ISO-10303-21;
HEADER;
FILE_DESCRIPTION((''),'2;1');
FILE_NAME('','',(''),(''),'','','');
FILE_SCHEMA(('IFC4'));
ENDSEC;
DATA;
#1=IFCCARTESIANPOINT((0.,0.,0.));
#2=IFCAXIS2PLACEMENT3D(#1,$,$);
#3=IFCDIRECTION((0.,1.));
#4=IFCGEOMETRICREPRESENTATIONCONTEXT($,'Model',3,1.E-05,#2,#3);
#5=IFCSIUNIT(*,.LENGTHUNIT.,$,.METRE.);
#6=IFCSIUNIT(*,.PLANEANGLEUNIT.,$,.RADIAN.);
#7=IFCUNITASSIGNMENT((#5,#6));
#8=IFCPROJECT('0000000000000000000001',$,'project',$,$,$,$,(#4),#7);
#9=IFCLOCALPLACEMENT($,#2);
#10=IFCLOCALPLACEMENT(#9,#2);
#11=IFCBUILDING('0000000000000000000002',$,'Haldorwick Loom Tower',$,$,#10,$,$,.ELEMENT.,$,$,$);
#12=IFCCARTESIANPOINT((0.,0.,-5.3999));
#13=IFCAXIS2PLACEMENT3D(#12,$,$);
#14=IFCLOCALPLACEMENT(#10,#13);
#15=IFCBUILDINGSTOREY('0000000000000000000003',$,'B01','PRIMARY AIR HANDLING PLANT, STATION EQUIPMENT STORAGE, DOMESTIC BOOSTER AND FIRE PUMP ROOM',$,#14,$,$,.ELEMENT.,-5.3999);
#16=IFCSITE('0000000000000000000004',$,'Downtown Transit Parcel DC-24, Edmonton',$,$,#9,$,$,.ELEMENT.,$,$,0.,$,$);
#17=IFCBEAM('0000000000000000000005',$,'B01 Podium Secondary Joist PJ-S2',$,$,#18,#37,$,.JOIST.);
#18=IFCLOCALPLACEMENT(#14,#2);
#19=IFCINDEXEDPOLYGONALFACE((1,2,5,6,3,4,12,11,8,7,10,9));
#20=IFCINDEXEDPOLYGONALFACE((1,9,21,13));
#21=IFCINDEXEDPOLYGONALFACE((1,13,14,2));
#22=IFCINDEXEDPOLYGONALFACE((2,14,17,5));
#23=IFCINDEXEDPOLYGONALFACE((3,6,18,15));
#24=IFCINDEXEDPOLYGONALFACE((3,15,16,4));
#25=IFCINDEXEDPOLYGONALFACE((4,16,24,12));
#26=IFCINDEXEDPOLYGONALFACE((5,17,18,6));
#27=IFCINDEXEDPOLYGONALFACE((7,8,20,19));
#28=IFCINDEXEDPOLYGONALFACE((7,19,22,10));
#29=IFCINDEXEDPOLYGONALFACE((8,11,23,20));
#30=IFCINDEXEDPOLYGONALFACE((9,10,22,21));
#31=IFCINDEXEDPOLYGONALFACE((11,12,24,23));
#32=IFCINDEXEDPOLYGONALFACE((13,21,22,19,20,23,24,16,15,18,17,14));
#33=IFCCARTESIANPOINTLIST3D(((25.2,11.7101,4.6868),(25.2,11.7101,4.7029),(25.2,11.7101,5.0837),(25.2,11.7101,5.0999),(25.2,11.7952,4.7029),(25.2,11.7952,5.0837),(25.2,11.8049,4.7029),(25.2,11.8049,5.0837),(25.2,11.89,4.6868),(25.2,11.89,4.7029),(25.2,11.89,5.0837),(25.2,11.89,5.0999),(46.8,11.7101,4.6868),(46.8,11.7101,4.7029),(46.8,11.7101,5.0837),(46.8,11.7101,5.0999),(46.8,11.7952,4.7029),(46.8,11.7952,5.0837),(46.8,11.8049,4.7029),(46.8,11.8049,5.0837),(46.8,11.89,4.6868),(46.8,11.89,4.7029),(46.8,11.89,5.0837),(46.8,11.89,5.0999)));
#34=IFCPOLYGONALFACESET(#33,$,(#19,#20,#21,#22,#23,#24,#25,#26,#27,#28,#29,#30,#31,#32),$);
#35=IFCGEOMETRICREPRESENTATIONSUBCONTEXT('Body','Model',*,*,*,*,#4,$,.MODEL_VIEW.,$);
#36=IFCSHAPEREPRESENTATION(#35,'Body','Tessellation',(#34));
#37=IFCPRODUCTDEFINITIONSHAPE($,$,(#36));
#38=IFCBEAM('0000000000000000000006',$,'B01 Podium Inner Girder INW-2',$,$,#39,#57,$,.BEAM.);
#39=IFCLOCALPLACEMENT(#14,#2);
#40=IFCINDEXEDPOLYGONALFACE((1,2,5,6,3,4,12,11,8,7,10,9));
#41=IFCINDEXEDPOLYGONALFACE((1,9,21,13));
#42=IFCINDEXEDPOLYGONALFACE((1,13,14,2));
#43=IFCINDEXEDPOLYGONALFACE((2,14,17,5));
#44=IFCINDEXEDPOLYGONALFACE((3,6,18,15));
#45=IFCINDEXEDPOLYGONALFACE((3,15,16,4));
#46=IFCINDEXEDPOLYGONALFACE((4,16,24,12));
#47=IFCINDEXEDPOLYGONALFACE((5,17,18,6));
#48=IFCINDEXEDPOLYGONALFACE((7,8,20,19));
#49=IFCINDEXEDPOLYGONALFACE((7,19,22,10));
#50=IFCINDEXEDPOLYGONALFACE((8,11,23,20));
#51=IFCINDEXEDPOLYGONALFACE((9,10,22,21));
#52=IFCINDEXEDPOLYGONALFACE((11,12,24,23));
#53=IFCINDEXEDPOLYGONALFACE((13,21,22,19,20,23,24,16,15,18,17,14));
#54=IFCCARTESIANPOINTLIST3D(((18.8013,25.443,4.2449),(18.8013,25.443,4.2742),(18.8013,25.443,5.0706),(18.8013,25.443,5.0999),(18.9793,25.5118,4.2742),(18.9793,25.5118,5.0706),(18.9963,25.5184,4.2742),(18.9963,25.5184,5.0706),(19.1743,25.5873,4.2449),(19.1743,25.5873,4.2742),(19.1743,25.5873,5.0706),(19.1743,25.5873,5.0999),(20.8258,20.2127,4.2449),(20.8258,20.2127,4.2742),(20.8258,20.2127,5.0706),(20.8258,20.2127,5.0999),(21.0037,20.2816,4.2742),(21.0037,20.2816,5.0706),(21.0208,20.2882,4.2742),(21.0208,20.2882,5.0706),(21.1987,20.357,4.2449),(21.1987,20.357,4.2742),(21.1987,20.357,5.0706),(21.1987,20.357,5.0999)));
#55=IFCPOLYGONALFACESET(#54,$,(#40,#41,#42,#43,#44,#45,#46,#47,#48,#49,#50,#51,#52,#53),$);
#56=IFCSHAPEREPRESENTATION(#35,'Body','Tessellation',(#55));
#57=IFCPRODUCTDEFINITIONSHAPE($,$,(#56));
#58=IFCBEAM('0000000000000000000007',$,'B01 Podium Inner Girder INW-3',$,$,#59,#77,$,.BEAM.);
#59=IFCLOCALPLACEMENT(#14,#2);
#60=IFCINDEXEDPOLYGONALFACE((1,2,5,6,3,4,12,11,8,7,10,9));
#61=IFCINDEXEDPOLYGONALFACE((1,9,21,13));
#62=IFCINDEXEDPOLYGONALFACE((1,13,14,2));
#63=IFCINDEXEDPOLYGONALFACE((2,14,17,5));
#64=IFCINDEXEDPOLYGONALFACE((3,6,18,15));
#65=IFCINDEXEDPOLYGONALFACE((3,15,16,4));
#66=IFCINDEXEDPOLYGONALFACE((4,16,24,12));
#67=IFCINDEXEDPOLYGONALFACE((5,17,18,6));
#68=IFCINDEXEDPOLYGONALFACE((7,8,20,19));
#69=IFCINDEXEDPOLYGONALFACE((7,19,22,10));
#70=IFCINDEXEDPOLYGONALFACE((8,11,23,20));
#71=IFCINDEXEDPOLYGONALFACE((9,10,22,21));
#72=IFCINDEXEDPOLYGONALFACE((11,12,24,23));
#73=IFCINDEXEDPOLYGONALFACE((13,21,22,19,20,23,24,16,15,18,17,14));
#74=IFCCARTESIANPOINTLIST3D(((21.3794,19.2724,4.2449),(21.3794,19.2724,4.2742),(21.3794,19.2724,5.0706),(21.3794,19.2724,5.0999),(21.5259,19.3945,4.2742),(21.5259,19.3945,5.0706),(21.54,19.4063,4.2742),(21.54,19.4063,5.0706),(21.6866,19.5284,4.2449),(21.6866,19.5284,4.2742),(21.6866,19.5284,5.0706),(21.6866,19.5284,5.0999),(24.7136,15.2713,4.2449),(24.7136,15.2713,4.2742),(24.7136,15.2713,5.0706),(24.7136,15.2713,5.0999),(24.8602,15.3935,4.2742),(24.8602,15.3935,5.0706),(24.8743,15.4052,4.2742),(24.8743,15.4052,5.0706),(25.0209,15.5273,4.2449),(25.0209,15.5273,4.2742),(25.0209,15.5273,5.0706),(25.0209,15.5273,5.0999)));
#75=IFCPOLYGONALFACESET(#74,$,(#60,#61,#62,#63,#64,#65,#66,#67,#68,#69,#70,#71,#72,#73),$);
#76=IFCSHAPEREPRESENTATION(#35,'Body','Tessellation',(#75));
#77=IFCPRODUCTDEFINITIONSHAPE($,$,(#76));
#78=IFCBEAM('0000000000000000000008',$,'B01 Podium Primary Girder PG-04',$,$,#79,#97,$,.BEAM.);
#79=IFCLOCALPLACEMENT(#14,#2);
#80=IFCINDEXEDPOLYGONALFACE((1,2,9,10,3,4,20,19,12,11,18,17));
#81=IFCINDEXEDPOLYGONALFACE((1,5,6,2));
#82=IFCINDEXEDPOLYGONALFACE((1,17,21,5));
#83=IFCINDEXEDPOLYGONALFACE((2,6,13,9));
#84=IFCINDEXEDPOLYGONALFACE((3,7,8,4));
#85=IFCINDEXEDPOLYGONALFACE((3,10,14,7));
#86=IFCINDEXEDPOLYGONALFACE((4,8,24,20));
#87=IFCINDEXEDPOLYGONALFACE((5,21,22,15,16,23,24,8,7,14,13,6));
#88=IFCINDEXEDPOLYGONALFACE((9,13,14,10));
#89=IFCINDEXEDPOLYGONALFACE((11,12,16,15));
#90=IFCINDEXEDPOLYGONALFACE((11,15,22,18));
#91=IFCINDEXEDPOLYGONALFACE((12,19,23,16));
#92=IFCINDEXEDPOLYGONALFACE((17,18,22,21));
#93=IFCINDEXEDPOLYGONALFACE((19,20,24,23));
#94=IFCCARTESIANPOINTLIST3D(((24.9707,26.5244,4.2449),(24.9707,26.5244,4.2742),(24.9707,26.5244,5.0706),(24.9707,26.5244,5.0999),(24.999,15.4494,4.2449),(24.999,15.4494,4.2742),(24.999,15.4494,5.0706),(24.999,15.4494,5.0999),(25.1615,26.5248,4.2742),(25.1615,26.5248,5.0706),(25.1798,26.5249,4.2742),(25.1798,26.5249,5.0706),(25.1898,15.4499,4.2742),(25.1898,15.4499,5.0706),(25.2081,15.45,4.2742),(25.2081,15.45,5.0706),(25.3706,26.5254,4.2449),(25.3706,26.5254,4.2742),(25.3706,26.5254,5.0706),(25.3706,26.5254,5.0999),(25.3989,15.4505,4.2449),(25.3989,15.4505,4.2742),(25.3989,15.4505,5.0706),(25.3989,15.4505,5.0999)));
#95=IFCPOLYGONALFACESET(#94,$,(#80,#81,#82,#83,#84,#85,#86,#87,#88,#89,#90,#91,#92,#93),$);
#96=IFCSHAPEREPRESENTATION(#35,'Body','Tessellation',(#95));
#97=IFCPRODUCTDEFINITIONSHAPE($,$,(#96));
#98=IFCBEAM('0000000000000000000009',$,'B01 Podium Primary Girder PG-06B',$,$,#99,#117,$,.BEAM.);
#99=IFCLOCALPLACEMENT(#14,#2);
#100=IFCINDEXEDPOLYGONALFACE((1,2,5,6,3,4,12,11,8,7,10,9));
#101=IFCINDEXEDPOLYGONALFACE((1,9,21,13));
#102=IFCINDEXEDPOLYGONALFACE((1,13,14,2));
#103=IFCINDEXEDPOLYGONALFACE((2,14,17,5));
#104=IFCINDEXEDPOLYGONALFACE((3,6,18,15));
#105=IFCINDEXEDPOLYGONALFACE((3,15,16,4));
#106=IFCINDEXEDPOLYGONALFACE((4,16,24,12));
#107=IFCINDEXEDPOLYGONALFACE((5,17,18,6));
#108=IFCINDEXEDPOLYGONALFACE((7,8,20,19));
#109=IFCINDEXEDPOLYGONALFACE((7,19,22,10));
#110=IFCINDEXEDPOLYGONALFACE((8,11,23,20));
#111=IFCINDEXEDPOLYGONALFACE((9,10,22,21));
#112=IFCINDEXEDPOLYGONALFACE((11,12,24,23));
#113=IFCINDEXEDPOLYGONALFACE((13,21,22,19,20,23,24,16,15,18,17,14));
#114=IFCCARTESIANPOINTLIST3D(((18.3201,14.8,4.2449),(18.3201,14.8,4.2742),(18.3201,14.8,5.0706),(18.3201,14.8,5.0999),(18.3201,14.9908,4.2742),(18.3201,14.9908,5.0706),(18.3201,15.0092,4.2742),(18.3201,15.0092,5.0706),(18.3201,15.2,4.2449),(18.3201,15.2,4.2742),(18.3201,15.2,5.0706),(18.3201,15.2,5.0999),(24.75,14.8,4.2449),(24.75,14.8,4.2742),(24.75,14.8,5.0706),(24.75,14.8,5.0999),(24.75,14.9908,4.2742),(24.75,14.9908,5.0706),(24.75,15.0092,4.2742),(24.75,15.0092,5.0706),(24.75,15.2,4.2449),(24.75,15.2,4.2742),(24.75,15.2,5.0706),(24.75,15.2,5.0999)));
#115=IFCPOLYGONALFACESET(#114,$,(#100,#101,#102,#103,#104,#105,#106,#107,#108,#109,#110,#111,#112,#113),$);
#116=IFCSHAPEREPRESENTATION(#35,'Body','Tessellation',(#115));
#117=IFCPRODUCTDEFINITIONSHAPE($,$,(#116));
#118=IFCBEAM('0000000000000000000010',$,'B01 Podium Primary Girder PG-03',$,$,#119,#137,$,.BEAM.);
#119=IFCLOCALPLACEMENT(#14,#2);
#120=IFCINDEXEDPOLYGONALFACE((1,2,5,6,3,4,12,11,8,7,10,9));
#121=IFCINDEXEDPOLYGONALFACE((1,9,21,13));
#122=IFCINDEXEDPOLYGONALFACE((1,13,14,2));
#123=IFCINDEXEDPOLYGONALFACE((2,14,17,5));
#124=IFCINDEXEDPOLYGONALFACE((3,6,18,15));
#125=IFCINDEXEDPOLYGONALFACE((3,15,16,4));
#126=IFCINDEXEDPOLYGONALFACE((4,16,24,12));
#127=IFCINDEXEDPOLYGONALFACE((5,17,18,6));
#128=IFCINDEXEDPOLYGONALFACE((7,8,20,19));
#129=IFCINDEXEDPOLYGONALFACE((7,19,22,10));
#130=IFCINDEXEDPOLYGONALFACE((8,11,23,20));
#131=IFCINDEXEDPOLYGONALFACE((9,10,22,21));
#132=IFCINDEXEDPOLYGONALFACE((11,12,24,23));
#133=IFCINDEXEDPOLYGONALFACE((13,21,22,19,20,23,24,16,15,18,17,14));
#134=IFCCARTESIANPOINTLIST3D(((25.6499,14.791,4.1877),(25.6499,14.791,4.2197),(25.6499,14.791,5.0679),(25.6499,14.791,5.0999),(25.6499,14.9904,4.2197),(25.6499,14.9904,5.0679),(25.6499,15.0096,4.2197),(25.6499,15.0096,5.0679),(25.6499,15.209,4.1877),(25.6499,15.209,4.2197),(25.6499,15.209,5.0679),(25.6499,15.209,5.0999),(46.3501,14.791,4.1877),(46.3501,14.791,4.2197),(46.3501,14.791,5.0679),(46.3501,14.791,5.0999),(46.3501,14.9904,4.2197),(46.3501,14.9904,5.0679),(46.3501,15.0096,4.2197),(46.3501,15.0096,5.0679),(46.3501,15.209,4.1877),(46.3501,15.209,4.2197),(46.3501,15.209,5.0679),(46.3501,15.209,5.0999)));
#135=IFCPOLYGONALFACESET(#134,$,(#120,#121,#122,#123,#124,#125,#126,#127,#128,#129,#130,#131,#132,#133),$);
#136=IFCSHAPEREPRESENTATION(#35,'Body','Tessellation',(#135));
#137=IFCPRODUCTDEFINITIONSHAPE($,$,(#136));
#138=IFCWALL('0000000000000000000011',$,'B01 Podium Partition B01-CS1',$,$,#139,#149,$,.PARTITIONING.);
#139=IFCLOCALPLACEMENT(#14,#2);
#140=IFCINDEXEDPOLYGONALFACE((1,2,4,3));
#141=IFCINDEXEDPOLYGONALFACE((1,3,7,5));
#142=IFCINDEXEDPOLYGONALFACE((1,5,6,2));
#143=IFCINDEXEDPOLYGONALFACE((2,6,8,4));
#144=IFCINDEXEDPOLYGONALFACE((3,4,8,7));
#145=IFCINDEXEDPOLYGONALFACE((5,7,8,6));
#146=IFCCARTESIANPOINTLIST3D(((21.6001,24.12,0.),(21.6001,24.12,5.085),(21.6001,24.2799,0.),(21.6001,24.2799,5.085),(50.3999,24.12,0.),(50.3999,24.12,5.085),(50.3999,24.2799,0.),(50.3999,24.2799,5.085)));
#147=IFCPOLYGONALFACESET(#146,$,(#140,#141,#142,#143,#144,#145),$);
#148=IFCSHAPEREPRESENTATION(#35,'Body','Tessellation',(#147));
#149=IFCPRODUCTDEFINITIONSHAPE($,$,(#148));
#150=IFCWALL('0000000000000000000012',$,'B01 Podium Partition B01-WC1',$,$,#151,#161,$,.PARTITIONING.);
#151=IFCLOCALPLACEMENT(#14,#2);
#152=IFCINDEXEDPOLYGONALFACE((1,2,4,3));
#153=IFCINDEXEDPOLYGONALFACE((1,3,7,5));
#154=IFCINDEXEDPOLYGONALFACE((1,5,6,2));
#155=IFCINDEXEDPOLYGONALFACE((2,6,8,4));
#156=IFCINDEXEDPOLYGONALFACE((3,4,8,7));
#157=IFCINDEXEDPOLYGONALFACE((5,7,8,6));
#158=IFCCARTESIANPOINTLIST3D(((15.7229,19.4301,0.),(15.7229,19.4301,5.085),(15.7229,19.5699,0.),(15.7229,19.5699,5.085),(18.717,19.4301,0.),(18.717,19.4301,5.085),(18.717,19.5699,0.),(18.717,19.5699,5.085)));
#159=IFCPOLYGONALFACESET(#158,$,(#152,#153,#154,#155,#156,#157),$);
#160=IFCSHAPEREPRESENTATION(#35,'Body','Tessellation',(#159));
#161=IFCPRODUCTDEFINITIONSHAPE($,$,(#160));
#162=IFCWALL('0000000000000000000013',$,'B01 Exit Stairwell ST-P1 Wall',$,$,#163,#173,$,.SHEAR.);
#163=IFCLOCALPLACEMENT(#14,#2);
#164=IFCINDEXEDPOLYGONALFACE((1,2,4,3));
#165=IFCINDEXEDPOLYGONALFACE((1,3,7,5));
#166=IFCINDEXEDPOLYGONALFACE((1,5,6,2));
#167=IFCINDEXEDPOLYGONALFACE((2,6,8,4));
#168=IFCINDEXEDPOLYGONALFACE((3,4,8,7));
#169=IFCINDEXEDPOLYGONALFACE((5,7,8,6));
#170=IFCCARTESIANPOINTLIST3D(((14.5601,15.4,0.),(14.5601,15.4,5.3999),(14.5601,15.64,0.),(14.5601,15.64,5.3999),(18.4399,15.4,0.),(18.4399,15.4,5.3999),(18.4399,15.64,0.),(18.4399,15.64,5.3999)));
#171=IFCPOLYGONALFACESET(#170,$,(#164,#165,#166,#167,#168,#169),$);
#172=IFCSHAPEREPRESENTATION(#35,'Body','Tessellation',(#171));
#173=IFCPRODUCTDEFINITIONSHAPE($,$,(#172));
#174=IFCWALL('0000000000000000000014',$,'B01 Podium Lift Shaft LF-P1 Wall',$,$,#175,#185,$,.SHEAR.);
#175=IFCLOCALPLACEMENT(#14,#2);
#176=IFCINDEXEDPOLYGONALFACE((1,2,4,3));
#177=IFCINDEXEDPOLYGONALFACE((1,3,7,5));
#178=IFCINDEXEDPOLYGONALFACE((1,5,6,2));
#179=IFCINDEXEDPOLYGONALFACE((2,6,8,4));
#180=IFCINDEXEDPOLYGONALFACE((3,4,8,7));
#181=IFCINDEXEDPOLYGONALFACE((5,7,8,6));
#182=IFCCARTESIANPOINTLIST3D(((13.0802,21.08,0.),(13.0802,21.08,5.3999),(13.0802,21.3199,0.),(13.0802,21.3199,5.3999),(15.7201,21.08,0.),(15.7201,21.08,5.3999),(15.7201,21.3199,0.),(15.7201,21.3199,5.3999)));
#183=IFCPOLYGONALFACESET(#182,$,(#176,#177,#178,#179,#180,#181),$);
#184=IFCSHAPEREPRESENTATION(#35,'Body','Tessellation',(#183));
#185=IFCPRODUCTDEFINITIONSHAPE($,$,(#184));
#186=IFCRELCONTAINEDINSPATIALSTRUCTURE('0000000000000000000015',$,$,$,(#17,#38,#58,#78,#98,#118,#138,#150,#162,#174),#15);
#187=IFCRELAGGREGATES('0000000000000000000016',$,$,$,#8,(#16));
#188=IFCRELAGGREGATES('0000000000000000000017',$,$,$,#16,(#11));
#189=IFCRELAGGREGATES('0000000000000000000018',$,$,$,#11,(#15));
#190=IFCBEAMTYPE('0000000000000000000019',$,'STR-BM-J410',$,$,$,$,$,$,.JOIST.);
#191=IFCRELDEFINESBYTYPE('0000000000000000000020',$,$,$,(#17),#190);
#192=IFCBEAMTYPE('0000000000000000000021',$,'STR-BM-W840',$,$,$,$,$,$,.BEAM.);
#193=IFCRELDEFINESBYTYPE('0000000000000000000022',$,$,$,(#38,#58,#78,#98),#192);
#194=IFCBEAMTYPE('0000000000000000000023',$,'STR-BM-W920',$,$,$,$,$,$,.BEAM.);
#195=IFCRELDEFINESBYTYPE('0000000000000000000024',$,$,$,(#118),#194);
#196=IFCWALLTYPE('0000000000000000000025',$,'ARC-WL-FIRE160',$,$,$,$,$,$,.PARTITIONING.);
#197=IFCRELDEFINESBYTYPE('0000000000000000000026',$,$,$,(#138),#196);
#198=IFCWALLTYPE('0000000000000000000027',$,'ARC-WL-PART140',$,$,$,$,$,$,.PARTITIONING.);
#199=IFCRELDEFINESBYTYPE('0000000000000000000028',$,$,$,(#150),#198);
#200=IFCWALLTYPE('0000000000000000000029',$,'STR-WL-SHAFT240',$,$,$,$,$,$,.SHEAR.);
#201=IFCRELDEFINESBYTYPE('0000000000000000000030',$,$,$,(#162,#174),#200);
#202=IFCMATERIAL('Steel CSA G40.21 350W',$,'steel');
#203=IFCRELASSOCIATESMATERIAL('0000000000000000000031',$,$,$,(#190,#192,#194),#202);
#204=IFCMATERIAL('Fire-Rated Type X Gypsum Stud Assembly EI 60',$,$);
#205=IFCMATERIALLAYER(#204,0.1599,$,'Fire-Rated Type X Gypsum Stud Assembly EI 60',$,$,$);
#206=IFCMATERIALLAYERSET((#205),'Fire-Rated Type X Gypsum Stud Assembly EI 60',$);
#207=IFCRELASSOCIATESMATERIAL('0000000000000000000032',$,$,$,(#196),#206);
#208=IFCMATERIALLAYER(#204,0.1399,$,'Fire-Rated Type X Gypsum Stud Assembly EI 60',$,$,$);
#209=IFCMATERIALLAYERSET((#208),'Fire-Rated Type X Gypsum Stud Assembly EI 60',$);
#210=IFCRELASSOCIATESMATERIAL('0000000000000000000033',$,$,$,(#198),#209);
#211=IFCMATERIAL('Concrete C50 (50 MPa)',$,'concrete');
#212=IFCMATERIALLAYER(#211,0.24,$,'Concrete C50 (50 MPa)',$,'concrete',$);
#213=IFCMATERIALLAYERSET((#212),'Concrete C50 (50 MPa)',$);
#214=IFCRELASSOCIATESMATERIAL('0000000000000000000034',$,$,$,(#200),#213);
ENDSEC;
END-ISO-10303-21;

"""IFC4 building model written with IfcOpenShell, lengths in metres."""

from ifc_helpers import new_model, si_unit, direction, frame, frame_2d, origin, origin_2d, place, context, subcontext, project, spatial, rectangle, i_section, extrude, material, layer, layer_set, material_profile, profile_set, type_object, element, save


model = new_model("IFC4")

# Units and contexts
model_context = context("Model", 3, precision=1e-05, world=origin(), true_north=direction((0.0, 1.0)))
body_context = subcontext(model_context, "Body", "Model", "MODEL_VIEW")
ifc_project = project(units=[si_unit("LENGTHUNIT", "METRE"), si_unit("PLANEANGLEUNIT", "RADIAN")], contexts=[model_context])

# Site, building, storey
site_placement = place(None, origin())
site = spatial("IfcSite", under=ifc_project, at=site_placement, Name="Downtown Transit Parcel DC-24, Edmonton", CompositionType="ELEMENT", RefElevation=0.0)
building_placement = place(site_placement, origin())
building = spatial("IfcBuilding", under=site, at=building_placement, Name="Haldorwick Loom Tower", CompositionType="ELEMENT")
storey_placement = place(building_placement, frame((0.0, 0.0, -5.3999)))
storey = spatial("IfcBuildingStorey", under=building, at=storey_placement, Name="B01", Description="PRIMARY AIR HANDLING PLANT, STATION EQUIPMENT STORAGE, DOMESTIC BOOSTER AND FIRE PUMP ROOM", CompositionType="ELEMENT", Elevation=-5.3999)

# Beams
ifc_material_1 = material(Name="Steel CSA G40.21 350W", Category="steel")
ifc_material_profile_1 = material_profile(ifc_material_1, i_section(OverallWidth=0.1799, OverallDepth=0.4131, WebThickness=0.0098, FlangeThickness=0.0161, at=origin_2d()), Name="W410X74", Category="steel")
ifc_profile_set_1 = profile_set([ifc_material_profile_1], Name="Steel CSA G40.21 350W")
beam_type_1 = type_object("IfcBeamType", Name="STR-BM-J410", PredefinedType="JOIST", material=ifc_profile_set_1)
beam_1_placement = place(storey_placement, frame((25.2, 11.8, 4.8933), z_axis=(1.0, 0.0, 0.0), x_axis=(0.0, 1.0, 0.0)))
element("IfcBeam", 1, at=beam_1_placement, inside=storey, type_object=beam_type_1, Name="B01 Podium Secondary Joist PJ-S2", PredefinedType="JOIST", context=body_context, shape_type="SweptSolid", body=[
    extrude(i_section(OverallWidth=0.1799, OverallDepth=0.4131, WebThickness=0.0098, FlangeThickness=0.0161, at=origin_2d()), origin(), (0.0, 0.0, 1.0), 21.6001),
])
ifc_material_profile_2 = material_profile(ifc_material_1, i_section(OverallWidth=0.3999, OverallDepth=0.855, WebThickness=0.0183, FlangeThickness=0.0293, at=origin_2d()), Name="W840X299", Category="steel")
ifc_profile_set_2 = profile_set([ifc_material_profile_2], Name="Steel CSA G40.21 350W")
beam_type_2 = type_object("IfcBeamType", Name="STR-BM-W840", PredefinedType="BEAM", material=ifc_profile_set_2)
beam_2_placement = place(storey_placement, frame((18.9878, 25.5151, 4.6724), z_axis=(0.360965, -0.932579, 0.0), x_axis=(0.932579, 0.360965, 0.0)))
element("IfcBeam", 2, at=beam_2_placement, inside=storey, type_object=beam_type_2, Name="B01 Podium Inner Girder INW-2", PredefinedType="BEAM", context=body_context, shape_type="SweptSolid", body=[
    extrude(i_section(OverallWidth=0.3999, OverallDepth=0.855, WebThickness=0.0183, FlangeThickness=0.0293, at=origin_2d()), origin(), (0.0, 0.0, 1.0), 5.6084),
])
beam_3_placement = place(storey_placement, frame((21.533, 19.4004, 4.6724), z_axis=(0.640194, -0.768214, 0.0), x_axis=(0.768214, 0.640194, 0.0)))
element("IfcBeam", 3, at=beam_3_placement, inside=storey, type_object=beam_type_2, Name="B01 Podium Inner Girder INW-3", PredefinedType="BEAM", context=body_context, shape_type="SweptSolid", body=[
    extrude(i_section(OverallWidth=0.3999, OverallDepth=0.855, WebThickness=0.0183, FlangeThickness=0.0293, at=origin_2d()), origin(), (0.0, 0.0, 1.0), 5.2083),
])
beam_4_placement = place(storey_placement, frame((25.199, 15.45, 4.6724), z_axis=(-0.002557, 0.999997, 0.0), x_axis=(-0.999997, -0.002557, 0.0)))
element("IfcBeam", 4, at=beam_4_placement, inside=storey, type_object=beam_type_2, Name="B01 Podium Primary Girder PG-04", PredefinedType="BEAM", context=body_context, shape_type="SweptSolid", body=[
    extrude(i_section(OverallWidth=0.3999, OverallDepth=0.855, WebThickness=0.0183, FlangeThickness=0.0293, at=origin_2d()), origin(), (0.0, 0.0, 1.0), 11.075),
])
beam_5_placement = place(storey_placement, frame((18.3201, 15.0, 4.6724), z_axis=(1.0, 0.0, 0.0), x_axis=(0.0, 1.0, 0.0)))
element("IfcBeam", 5, at=beam_5_placement, inside=storey, type_object=beam_type_2, Name="B01 Podium Primary Girder PG-06B", PredefinedType="BEAM", context=body_context, shape_type="SweptSolid", body=[
    extrude(i_section(OverallWidth=0.3999, OverallDepth=0.855, WebThickness=0.0183, FlangeThickness=0.0293, at=origin_2d()), origin(), (0.0, 0.0, 1.0), 6.4299),
])
ifc_material_profile_3 = material_profile(ifc_material_1, i_section(OverallWidth=0.418, OverallDepth=0.9121, WebThickness=0.0193, FlangeThickness=0.032, at=origin_2d()), Name="W920X342", Category="steel")
ifc_profile_set_3 = profile_set([ifc_material_profile_3], Name="Steel CSA G40.21 350W")
beam_type_3 = type_object("IfcBeamType", Name="STR-BM-W920", PredefinedType="BEAM", material=ifc_profile_set_3)
beam_6_placement = place(storey_placement, frame((25.6499, 15.0, 4.6438), z_axis=(1.0, 0.0, 0.0), x_axis=(0.0, 1.0, 0.0)))
element("IfcBeam", 6, at=beam_6_placement, inside=storey, type_object=beam_type_3, Name="B01 Podium Primary Girder PG-03", PredefinedType="BEAM", context=body_context, shape_type="SweptSolid", body=[
    extrude(i_section(OverallWidth=0.418, OverallDepth=0.9121, WebThickness=0.0193, FlangeThickness=0.032, at=origin_2d()), origin(), (0.0, 0.0, 1.0), 20.7002),
])

# Walls
ifc_material_2 = material(Name="Fire-Rated Type X Gypsum Stud Assembly EI 60")
ifc_layer_1 = layer(ifc_material_2, 0.1599, Name="Fire-Rated Type X Gypsum Stud Assembly EI 60")
ifc_layer_set_1 = layer_set([ifc_layer_1], Name="Fire-Rated Type X Gypsum Stud Assembly EI 60")
wall_type_1 = type_object("IfcWallType", Name="ARC-WL-FIRE160", PredefinedType="PARTITIONING", material=ifc_layer_set_1)
wall_1_placement = place(storey_placement, frame((21.6001, 24.2, 0.0), z_axis=(0.0, 0.0, 1.0), x_axis=(1.0, 0.0, 0.0)))
element("IfcWall", 7, at=wall_1_placement, inside=storey, type_object=wall_type_1, Name="B01 Podium Partition B01-CS1", PredefinedType="PARTITIONING", context=body_context, shape_type="SweptSolid", body=[
    extrude(rectangle(XDim=28.7998, YDim=0.1599, at=frame_2d((14.3999, 0.0))), origin(), (0.0, 0.0, 1.0), 5.085),
])
ifc_layer_2 = layer(ifc_material_2, 0.1399, Name="Fire-Rated Type X Gypsum Stud Assembly EI 60")
ifc_layer_set_2 = layer_set([ifc_layer_2], Name="Fire-Rated Type X Gypsum Stud Assembly EI 60")
wall_type_2 = type_object("IfcWallType", Name="ARC-WL-PART140", PredefinedType="PARTITIONING", material=ifc_layer_set_2)
wall_2_placement = place(storey_placement, frame((15.7229, 19.5, 0.0), z_axis=(0.0, 0.0, 1.0), x_axis=(1.0, 0.0, 0.0)))
element("IfcWall", 8, at=wall_2_placement, inside=storey, type_object=wall_type_2, Name="B01 Podium Partition B01-WC1", PredefinedType="PARTITIONING", context=body_context, shape_type="SweptSolid", body=[
    extrude(rectangle(XDim=2.9941, YDim=0.1399, at=frame_2d((1.4971, 0.0))), origin(), (0.0, 0.0, 1.0), 5.085),
])
ifc_material_3 = material(Name="Concrete C50 (50 MPa)", Category="concrete")
ifc_layer_3 = layer(ifc_material_3, 0.24, Name="Concrete C50 (50 MPa)", Category="concrete")
ifc_layer_set_3 = layer_set([ifc_layer_3], Name="Concrete C50 (50 MPa)")
wall_type_3 = type_object("IfcWallType", Name="STR-WL-SHAFT240", PredefinedType="SHEAR", material=ifc_layer_set_3)
wall_3_placement = place(storey_placement, frame((18.4399, 15.52, 0.0), z_axis=(0.0, 0.0, 1.0), x_axis=(-1.0, 0.0, 0.0)))
element("IfcWall", 9, at=wall_3_placement, inside=storey, type_object=wall_type_3, Name="B01 Exit Stairwell ST-P1 Wall", PredefinedType="SHEAR", context=body_context, shape_type="SweptSolid", body=[
    extrude(rectangle(XDim=3.8799, YDim=0.24, at=frame_2d((1.9399, 0.0))), origin(), (0.0, 0.0, 1.0), 5.3999),
])
wall_4_placement = place(storey_placement, frame((15.72, 21.2, 0.0), z_axis=(0.0, 0.0, 1.0), x_axis=(-1.0, 0.0, 0.0)))
element("IfcWall", 10, at=wall_4_placement, inside=storey, type_object=wall_type_3, Name="B01 Podium Lift Shaft LF-P1 Wall", PredefinedType="SHEAR", context=body_context, shape_type="SweptSolid", body=[
    extrude(rectangle(XDim=2.6399, YDim=0.24, at=frame_2d((1.3198, 0.0))), origin(), (0.0, 0.0, 1.0), 5.3999),
])

save(model, "model.ifc")
